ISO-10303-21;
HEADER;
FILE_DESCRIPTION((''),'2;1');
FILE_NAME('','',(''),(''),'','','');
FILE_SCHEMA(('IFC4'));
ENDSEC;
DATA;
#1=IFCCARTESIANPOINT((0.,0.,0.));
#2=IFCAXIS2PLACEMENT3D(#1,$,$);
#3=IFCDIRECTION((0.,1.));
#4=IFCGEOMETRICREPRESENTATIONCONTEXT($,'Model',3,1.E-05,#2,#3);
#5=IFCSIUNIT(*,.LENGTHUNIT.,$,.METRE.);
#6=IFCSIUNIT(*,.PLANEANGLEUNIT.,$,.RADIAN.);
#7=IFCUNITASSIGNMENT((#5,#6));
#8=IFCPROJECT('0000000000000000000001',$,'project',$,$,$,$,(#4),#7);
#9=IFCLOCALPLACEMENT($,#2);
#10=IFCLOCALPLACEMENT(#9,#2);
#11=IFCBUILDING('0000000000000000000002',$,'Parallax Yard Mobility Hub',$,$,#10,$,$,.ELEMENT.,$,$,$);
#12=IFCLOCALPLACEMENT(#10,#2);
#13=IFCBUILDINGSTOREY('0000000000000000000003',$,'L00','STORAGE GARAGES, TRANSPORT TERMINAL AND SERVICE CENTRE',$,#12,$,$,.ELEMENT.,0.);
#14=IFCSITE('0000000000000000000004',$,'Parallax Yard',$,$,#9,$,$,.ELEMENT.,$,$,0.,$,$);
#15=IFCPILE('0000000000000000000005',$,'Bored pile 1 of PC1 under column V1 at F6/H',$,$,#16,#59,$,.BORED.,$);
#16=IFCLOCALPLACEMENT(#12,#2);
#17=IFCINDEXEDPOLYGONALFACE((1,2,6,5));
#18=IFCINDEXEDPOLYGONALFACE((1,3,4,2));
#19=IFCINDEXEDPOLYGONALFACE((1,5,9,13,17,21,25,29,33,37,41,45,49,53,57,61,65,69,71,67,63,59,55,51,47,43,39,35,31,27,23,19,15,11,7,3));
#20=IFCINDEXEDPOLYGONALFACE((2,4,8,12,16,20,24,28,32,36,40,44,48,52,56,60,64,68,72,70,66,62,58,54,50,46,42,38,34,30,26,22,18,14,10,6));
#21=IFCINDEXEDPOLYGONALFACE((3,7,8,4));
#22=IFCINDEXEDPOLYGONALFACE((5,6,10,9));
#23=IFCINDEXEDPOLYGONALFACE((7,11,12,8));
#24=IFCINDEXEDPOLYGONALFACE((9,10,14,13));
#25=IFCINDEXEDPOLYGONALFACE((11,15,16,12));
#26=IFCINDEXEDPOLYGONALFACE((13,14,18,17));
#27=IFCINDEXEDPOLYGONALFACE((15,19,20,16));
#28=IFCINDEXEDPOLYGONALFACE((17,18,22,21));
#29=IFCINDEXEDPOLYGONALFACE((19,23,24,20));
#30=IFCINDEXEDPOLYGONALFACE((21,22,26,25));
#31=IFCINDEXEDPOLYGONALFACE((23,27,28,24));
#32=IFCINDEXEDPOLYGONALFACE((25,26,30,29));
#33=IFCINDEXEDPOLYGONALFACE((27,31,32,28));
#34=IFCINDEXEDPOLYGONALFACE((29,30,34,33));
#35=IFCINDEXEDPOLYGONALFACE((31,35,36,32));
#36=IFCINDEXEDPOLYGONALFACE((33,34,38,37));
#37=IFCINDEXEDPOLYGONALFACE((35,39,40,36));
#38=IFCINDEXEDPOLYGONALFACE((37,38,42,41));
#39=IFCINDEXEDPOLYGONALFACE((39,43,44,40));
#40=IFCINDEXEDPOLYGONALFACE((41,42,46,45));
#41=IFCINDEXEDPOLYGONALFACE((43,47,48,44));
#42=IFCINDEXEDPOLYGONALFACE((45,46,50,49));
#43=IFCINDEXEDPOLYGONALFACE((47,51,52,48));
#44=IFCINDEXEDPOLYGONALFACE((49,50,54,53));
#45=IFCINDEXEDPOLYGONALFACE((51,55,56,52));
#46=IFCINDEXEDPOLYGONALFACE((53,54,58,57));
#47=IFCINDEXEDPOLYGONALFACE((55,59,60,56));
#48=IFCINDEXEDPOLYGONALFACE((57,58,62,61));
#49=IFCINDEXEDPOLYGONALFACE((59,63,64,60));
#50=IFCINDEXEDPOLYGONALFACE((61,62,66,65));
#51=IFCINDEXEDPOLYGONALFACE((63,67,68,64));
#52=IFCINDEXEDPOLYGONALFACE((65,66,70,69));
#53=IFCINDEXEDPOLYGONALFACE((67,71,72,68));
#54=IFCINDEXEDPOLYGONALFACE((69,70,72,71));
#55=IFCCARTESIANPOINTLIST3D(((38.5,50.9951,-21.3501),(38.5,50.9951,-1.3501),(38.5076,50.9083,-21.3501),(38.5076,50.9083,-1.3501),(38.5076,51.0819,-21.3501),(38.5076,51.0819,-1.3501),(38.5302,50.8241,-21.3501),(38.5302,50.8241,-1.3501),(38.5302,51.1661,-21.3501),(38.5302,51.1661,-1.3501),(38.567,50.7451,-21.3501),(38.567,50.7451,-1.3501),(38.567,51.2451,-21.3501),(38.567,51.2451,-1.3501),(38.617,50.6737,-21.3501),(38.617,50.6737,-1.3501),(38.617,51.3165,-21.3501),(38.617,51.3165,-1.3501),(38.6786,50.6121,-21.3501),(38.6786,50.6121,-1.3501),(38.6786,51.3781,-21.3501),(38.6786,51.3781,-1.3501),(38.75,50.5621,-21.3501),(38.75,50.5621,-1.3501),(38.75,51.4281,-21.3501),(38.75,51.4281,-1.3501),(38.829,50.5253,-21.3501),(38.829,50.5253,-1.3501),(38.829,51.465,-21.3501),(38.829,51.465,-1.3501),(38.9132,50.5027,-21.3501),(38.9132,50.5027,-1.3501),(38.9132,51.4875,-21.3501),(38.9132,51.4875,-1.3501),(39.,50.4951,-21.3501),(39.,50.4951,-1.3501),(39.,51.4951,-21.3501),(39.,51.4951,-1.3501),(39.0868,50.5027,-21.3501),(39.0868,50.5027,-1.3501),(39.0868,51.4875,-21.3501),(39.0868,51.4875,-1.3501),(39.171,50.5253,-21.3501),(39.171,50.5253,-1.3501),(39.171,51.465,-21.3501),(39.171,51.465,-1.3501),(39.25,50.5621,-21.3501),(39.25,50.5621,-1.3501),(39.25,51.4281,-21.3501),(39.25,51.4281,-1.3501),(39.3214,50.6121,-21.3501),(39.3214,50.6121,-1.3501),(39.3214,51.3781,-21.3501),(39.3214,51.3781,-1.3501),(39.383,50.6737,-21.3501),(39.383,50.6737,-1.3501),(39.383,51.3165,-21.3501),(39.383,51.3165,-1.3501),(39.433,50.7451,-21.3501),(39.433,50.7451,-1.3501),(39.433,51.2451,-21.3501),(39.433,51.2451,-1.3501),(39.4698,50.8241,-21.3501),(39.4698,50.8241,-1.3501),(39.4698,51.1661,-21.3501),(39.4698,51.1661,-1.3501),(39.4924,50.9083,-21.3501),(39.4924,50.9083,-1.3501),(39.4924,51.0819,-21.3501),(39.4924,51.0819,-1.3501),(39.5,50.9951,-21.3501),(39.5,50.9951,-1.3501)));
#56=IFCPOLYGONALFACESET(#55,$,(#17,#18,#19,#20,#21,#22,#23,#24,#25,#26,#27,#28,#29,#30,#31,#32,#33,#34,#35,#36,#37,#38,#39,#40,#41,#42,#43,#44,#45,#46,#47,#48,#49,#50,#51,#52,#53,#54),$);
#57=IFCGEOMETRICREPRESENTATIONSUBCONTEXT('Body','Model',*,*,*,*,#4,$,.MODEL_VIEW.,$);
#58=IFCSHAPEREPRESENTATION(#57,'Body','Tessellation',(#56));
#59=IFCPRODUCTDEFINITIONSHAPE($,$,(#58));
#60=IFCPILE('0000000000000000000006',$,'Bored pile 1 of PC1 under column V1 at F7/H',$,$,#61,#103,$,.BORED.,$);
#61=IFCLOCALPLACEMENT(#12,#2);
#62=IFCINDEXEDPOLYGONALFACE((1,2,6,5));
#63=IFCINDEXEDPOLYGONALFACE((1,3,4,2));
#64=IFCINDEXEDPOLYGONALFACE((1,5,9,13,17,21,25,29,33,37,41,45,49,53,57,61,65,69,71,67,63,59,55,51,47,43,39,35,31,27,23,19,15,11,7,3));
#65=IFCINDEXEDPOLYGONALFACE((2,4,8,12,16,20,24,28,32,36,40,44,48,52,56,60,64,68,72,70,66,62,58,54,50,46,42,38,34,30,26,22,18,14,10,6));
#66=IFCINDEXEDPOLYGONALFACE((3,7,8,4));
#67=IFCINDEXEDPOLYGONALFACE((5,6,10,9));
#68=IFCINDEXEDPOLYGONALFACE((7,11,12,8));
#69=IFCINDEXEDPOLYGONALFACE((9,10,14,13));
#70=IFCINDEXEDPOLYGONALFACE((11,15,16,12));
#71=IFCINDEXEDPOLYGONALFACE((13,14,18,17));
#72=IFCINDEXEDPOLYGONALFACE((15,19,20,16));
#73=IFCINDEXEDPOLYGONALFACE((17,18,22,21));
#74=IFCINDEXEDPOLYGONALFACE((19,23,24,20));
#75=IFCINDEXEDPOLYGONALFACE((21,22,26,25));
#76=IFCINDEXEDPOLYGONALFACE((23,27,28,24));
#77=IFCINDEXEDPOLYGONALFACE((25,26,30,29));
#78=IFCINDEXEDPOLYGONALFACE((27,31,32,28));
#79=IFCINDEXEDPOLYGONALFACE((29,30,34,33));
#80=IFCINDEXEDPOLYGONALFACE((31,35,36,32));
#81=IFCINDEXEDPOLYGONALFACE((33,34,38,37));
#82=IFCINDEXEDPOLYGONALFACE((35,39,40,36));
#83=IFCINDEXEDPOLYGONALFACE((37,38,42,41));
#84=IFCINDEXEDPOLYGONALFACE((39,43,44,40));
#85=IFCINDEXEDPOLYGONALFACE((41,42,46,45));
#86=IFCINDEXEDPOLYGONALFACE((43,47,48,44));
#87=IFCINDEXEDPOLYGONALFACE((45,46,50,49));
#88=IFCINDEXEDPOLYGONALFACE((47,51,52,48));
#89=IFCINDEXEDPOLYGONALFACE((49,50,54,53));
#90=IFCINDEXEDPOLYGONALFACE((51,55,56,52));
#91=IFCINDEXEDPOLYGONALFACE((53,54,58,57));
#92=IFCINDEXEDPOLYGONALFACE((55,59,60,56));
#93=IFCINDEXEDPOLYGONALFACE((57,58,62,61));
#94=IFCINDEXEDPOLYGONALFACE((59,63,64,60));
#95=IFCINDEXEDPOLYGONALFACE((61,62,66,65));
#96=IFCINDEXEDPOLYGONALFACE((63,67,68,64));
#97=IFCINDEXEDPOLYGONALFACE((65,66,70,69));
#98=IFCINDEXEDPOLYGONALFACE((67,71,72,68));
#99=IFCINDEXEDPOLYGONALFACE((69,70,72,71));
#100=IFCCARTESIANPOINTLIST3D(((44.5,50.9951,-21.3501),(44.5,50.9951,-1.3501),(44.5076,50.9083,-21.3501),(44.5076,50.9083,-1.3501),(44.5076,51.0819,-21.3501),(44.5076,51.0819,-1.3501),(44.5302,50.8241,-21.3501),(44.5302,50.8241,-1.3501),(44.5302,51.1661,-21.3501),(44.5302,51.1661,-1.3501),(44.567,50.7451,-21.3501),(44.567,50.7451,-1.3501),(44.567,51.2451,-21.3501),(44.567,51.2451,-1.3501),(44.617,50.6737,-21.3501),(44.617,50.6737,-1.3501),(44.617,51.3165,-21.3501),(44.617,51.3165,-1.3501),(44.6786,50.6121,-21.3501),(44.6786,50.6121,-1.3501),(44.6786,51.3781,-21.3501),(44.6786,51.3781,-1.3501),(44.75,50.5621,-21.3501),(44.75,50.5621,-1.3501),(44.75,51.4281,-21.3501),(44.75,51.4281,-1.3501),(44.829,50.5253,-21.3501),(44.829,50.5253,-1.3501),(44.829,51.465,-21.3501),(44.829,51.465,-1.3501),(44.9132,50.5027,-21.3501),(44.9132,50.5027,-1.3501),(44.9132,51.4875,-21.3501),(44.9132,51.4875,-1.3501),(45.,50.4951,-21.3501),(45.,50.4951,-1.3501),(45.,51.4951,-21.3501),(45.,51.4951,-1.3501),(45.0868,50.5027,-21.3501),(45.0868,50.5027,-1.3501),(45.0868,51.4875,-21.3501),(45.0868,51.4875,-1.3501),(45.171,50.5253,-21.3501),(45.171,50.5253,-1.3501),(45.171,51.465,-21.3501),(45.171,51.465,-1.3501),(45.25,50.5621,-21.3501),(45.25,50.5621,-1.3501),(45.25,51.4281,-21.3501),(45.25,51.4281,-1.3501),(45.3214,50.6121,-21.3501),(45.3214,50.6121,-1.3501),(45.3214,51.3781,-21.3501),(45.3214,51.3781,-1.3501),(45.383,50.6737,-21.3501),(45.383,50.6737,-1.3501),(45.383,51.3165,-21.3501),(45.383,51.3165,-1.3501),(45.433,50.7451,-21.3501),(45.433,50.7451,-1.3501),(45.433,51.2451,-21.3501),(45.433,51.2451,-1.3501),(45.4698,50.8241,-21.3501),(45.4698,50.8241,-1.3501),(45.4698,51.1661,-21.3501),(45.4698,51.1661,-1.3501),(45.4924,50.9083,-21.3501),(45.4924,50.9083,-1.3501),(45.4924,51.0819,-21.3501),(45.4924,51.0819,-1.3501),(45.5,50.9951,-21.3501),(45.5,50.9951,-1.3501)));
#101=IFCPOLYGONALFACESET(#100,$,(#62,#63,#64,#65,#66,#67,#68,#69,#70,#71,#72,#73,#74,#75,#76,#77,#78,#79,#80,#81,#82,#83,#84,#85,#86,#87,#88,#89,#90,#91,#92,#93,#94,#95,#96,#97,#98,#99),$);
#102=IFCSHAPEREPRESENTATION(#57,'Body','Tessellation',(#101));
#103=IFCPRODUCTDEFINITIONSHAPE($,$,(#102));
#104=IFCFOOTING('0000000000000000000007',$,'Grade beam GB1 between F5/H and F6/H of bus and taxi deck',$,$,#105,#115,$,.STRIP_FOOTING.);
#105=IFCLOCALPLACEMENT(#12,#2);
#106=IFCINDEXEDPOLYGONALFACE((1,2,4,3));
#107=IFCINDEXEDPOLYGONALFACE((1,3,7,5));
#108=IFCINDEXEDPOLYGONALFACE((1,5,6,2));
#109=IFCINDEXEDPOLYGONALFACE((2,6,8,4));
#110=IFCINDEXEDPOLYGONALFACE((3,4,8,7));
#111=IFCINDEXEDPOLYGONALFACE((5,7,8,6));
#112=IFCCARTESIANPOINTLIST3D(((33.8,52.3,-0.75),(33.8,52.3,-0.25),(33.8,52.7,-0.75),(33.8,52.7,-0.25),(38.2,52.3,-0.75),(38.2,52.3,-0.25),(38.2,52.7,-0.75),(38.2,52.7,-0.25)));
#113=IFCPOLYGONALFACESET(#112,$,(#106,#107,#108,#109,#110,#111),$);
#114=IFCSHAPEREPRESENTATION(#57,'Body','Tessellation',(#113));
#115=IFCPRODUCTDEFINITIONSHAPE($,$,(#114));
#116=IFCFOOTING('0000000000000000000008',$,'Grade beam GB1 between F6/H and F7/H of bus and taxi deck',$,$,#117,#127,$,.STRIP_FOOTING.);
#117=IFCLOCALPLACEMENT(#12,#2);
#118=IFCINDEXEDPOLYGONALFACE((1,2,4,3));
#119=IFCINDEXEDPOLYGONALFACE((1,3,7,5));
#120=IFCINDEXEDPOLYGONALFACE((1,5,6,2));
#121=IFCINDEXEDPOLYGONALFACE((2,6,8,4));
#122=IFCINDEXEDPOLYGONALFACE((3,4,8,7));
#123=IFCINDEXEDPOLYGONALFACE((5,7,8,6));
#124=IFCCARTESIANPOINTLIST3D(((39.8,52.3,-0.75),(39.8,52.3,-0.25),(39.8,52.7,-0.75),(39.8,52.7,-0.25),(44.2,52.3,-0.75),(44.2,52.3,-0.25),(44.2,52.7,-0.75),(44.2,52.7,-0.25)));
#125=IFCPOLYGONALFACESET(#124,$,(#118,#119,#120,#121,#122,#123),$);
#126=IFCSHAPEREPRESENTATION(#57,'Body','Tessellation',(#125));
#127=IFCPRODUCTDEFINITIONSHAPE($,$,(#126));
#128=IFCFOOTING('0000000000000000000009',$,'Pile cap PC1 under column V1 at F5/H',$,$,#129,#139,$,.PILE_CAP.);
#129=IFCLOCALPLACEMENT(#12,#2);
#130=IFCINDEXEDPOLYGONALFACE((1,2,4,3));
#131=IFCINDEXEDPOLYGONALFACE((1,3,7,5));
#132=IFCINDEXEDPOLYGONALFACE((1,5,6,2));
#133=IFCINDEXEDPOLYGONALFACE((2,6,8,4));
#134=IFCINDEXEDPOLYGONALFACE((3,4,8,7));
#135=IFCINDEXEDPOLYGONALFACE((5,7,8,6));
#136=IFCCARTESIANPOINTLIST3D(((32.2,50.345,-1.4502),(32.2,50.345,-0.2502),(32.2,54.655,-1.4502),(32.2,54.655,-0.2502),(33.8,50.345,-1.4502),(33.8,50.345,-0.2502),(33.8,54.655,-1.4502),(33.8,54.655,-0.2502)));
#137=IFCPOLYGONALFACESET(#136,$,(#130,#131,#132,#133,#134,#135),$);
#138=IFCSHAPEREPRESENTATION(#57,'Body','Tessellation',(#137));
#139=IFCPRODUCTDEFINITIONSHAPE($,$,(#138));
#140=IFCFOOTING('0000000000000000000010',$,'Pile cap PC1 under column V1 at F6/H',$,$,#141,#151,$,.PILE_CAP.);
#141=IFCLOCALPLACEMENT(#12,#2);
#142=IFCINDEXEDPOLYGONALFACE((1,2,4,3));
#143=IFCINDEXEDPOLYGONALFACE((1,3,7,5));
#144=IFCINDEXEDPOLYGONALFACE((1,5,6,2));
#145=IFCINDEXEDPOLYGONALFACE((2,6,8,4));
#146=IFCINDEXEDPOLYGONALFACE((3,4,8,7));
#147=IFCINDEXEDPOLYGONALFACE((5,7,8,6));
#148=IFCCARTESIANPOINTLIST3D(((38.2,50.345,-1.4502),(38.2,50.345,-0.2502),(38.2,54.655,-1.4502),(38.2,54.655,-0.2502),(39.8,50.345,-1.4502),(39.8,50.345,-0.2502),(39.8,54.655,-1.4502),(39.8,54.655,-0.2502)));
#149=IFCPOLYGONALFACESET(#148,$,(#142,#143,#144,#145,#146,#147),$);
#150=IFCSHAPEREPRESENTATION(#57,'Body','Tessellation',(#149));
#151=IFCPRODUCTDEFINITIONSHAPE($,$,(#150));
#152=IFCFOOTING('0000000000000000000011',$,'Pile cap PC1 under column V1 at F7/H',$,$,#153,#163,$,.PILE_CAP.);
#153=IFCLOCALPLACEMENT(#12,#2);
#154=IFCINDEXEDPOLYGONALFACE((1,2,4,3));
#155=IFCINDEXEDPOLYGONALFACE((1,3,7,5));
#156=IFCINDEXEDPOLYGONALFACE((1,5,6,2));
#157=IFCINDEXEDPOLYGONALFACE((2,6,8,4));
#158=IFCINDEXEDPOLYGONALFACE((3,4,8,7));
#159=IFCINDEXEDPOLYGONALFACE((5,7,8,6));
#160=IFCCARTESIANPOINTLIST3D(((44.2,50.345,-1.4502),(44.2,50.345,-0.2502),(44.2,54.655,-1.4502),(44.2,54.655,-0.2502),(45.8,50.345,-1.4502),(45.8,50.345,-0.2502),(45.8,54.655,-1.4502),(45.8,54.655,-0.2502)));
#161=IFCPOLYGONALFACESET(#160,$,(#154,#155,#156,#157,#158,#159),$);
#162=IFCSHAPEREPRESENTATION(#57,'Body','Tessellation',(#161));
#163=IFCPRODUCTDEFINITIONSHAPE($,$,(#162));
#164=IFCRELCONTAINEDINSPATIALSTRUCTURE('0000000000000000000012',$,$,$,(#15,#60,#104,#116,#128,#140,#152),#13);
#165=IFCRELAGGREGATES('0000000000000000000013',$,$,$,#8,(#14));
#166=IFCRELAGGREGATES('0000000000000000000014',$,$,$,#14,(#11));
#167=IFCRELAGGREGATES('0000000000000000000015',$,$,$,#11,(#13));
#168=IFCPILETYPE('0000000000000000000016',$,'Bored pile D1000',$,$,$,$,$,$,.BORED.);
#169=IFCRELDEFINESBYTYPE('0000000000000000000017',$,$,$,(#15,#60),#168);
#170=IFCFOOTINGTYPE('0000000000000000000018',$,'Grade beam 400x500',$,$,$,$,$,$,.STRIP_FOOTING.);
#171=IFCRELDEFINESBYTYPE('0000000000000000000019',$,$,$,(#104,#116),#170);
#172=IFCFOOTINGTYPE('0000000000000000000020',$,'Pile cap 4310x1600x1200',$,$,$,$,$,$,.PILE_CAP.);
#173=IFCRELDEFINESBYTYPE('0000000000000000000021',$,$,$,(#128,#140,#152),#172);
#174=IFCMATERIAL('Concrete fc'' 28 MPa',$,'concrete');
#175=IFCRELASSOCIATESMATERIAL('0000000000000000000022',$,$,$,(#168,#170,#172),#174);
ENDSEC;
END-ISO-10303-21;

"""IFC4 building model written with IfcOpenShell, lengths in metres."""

from ifc_helpers import new_model, si_unit, direction, frame, origin, origin_2d, place, context, subcontext, project, spatial, rectangle, circle, extrude, material, material_profile, profile_set, type_object, element, save


model = new_model("IFC4")

# Units and contexts
model_context = context("Model", 3, precision=1e-05, world=origin(), true_north=direction((0.0, 1.0)))
body_context = subcontext(model_context, "Body", "Model", "MODEL_VIEW")
ifc_project = project(units=[si_unit("LENGTHUNIT", "METRE"), si_unit("PLANEANGLEUNIT", "RADIAN")], contexts=[model_context])

# Site, building, storey
site_placement = place(None, origin())
site = spatial("IfcSite", under=ifc_project, at=site_placement, Name="Parallax Yard", CompositionType="ELEMENT", RefElevation=0.0)
building_placement = place(site_placement, origin())
building = spatial("IfcBuilding", under=site, at=building_placement, Name="Parallax Yard Mobility Hub", CompositionType="ELEMENT")
storey_placement = place(building_placement, origin())
storey = spatial("IfcBuildingStorey", under=building, at=storey_placement, Name="L00", Description="STORAGE GARAGES, TRANSPORT TERMINAL AND SERVICE CENTRE", CompositionType="ELEMENT", Elevation=0.0)

# Piles
ifc_material_1 = material(Name="Concrete fc' 28 MPa", Category="concrete")
ifc_material_profile_1 = material_profile(ifc_material_1, circle(Radius=0.5, at=origin_2d()), Name="Bored pile D1000")
ifc_profile_set_1 = profile_set([ifc_material_profile_1], Name="Concrete fc' 28 MPa")
pile_type = type_object("IfcPileType", Name="Bored pile D1000", PredefinedType="BORED", material=ifc_profile_set_1)
for number, where, z_axis, x_axis, name in (
    (1, (39.0, 50.9951, -1.3501), (0.0, 0.0, -1.0), (1.0, 0.0, 0.0), "Bored pile 1 of PC1 under column V1 at F6/H"),
    (2, (45.0, 50.9951, -1.3501), (0.0, 0.0, -1.0), (1.0, 0.0, 0.0), "Bored pile 1 of PC1 under column V1 at F7/H"),
):
    element("IfcPile", number, at=place(storey_placement, frame(where, z_axis=z_axis, x_axis=x_axis)), inside=storey, type_object=pile_type, Name=name, PredefinedType="BORED", context=body_context, shape_type="SweptSolid", body=[
        extrude(circle(Radius=0.5, at=origin_2d()), origin(), (0.0, 0.0, 1.0), 20.0),
    ])

# Footings
ifc_material_profile_2 = material_profile(ifc_material_1, rectangle(XDim=0.3999, YDim=0.5, at=origin_2d()), Name="Grade beam 400x500")
ifc_profile_set_2 = profile_set([ifc_material_profile_2], Name="Concrete fc' 28 MPa")
footing_type_1 = type_object("IfcFootingType", Name="Grade beam 400x500", PredefinedType="STRIP_FOOTING", material=ifc_profile_set_2)
for number, where, z_axis, x_axis, name in (
    (3, (33.8, 52.5, -0.5), (1.0, 0.0, 0.0), (0.0, 1.0, 0.0), "Grade beam GB1 between F5/H and F6/H of bus and taxi deck"),
    (4, (39.8, 52.5, -0.5), (1.0, 0.0, 0.0), (0.0, 1.0, 0.0), "Grade beam GB1 between F6/H and F7/H of bus and taxi deck"),
):
    element("IfcFooting", number, at=place(storey_placement, frame(where, z_axis=z_axis, x_axis=x_axis)), inside=storey, type_object=footing_type_1, Name=name, PredefinedType="STRIP_FOOTING", context=body_context, shape_type="SweptSolid", body=[
        extrude(rectangle(XDim=0.3999, YDim=0.5, at=origin_2d()), origin(), (0.0, 0.0, 1.0), 4.3999),
    ])
footing_type_2 = type_object("IfcFootingType", Name="Pile cap 4310x1600x1200", PredefinedType="PILE_CAP", material=ifc_material_1)
for number, where, z_axis, x_axis, name in (
    (5, (33.0, 52.5, -1.4502), (0.0, 0.0, 1.0), (0.0, 1.0, 0.0), "Pile cap PC1 under column V1 at F5/H"),
    (6, (39.0, 52.5, -1.4502), (0.0, 0.0, 1.0), (0.0, 1.0, 0.0), "Pile cap PC1 under column V1 at F6/H"),
    (7, (45.0, 52.5, -1.4502), (0.0, 0.0, 1.0), (0.0, 1.0, 0.0), "Pile cap PC1 under column V1 at F7/H"),
):
    element("IfcFooting", number, at=place(storey_placement, frame(where, z_axis=z_axis, x_axis=x_axis)), inside=storey, type_object=footing_type_2, Name=name, PredefinedType="PILE_CAP", context=body_context, shape_type="SweptSolid", body=[
        extrude(rectangle(XDim=4.3101, YDim=1.6001, at=origin_2d()), origin(), (0.0, 0.0, 1.0), 1.2),
    ])

save(model, "model.ifc")
